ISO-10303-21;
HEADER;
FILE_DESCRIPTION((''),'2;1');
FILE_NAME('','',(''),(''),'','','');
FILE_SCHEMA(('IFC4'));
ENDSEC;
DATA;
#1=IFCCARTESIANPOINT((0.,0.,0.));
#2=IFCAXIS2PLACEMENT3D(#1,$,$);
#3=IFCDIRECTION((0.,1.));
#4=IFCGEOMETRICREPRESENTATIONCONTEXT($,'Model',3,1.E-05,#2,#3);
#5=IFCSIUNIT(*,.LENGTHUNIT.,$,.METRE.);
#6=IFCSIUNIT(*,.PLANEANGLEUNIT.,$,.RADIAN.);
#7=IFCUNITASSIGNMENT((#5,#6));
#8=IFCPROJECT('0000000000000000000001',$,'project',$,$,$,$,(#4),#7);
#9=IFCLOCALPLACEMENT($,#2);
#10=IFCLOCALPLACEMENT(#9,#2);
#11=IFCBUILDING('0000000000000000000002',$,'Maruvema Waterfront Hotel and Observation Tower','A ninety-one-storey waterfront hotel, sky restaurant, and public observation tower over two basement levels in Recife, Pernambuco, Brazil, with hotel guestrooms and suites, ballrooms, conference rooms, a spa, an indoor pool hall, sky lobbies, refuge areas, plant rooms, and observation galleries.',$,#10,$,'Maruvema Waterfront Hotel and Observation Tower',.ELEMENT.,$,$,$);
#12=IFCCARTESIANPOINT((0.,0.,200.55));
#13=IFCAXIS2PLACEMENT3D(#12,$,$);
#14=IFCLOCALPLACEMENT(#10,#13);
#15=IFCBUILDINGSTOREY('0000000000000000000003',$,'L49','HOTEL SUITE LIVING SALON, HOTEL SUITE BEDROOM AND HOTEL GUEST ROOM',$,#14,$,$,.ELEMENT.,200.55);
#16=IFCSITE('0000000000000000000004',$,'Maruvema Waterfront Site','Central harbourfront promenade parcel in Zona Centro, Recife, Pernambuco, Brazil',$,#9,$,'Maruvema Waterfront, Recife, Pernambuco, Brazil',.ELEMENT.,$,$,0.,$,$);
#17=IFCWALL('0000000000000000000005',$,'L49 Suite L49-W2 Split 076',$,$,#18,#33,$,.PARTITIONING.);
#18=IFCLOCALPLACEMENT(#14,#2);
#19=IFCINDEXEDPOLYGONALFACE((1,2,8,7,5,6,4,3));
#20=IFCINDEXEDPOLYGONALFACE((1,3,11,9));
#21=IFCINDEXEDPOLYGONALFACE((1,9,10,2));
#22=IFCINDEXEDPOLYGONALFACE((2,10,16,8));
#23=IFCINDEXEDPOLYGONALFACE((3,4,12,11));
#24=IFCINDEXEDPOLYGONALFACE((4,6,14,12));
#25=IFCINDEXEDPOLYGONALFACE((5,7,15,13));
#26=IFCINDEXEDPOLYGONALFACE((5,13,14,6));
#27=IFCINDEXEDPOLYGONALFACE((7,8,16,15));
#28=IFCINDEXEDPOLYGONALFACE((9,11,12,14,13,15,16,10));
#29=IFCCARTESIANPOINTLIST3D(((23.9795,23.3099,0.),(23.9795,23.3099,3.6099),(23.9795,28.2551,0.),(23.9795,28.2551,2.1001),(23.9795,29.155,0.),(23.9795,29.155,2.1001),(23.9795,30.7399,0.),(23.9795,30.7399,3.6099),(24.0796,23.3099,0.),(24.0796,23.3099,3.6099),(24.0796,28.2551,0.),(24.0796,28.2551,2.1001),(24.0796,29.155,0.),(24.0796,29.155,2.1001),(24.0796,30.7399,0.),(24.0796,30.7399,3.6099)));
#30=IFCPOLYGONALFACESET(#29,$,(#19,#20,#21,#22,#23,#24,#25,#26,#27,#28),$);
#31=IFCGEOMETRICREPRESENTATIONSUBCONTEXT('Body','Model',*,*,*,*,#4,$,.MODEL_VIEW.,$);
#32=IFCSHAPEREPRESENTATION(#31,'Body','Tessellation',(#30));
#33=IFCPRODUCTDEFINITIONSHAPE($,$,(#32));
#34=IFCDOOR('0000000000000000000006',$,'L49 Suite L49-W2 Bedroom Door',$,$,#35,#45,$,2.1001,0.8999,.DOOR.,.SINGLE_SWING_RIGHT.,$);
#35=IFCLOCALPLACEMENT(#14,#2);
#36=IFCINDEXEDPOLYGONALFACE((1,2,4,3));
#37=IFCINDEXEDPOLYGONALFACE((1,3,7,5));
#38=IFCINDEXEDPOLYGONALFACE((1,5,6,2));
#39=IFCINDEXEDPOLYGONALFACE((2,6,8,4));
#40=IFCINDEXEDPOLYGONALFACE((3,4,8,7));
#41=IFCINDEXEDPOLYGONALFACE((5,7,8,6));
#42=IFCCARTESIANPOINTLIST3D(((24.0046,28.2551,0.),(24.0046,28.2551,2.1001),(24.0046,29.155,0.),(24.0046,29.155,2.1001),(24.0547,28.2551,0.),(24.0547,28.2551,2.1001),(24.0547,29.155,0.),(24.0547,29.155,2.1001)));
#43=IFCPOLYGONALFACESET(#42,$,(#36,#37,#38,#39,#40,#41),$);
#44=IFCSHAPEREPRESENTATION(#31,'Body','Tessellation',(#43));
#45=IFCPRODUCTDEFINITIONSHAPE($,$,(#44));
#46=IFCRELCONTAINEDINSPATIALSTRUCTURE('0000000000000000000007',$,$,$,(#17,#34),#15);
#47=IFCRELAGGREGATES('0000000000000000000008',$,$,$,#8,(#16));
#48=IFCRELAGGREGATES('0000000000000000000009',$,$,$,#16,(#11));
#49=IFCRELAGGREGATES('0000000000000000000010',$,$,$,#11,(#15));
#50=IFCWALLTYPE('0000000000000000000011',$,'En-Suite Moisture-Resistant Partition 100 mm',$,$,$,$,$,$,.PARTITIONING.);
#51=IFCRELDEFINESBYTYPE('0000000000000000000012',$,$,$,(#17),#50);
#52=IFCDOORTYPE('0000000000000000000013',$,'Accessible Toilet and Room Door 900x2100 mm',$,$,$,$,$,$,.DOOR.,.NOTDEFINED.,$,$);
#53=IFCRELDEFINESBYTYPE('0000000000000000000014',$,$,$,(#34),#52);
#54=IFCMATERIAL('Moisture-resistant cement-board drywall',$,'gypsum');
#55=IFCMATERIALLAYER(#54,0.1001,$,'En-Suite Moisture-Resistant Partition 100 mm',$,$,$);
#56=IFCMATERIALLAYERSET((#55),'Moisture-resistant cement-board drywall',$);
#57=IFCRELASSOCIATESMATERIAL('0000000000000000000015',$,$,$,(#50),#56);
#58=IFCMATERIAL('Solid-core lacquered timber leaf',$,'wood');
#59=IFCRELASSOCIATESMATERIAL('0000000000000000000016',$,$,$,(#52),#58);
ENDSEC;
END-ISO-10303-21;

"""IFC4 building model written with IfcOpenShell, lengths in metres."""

from ifc_helpers import new_model, si_unit, direction, frame, frame_2d, origin, place, context, subcontext, project, spatial, rectangle, extrude, material, layer, layer_set, type_object, element, fill, save


model = new_model("IFC4")

# Units and contexts
model_context = context("Model", 3, precision=1e-05, world=origin(), true_north=direction((0.0, 1.0)))
body_context = subcontext(model_context, "Body", "Model", "MODEL_VIEW")
ifc_project = project(units=[si_unit("LENGTHUNIT", "METRE"), si_unit("PLANEANGLEUNIT", "RADIAN")], contexts=[model_context])

# Site, building, storey
site_placement = place(None, origin())
site = spatial("IfcSite", under=ifc_project, at=site_placement, Name="Maruvema Waterfront Site", Description="Central harbourfront promenade parcel in Zona Centro, Recife, Pernambuco, Brazil", LongName="Maruvema Waterfront, Recife, Pernambuco, Brazil", CompositionType="ELEMENT", RefElevation=0.0)
building_placement = place(site_placement, origin())
building = spatial("IfcBuilding", under=site, at=building_placement, Name="Maruvema Waterfront Hotel and Observation Tower", Description="A ninety-one-storey waterfront hotel, sky restaurant, and public observation tower over two basement levels in Recife, Pernambuco, Brazil, with hotel guestrooms and suites, ballrooms, conference rooms, a spa, an indoor pool hall, sky lobbies, refuge areas, plant rooms, and observation galleries.", LongName="Maruvema Waterfront Hotel and Observation Tower", CompositionType="ELEMENT")
storey_placement = place(building_placement, frame((0.0, 0.0, 200.55)))
storey = spatial("IfcBuildingStorey", under=building, at=storey_placement, Name="L49", Description="HOTEL SUITE LIVING SALON, HOTEL SUITE BEDROOM AND HOTEL GUEST ROOM", CompositionType="ELEMENT", Elevation=200.55)

# Shared definitions
ifc_material_1 = material(Name="Moisture-resistant cement-board drywall", Category="gypsum")
ifc_layer_1 = layer(ifc_material_1, 0.1001, Name="En-Suite Moisture-Resistant Partition 100 mm")
ifc_layer_set_1 = layer_set([ifc_layer_1], Name="Moisture-resistant cement-board drywall")
wall_type = type_object("IfcWallType", Name="En-Suite Moisture-Resistant Partition 100 mm", PredefinedType="PARTITIONING", material=ifc_layer_set_1)

# Wall, opening, door
wall_1_placement = place(storey_placement, frame((24.0295, 23.3101, 0.0), z_axis=(0.0, 0.0, 1.0), x_axis=(0.0, 1.0, 0.0)))
wall_1 = element("IfcWall", 1, at=wall_1_placement, inside=storey, type_object=wall_type, Name="L49 Suite L49-W2 Split 076", PredefinedType="PARTITIONING", context=body_context, shape_type="SweptSolid", body=[
    extrude(rectangle(XDim=7.4299, YDim=0.1001, at=frame_2d((3.7148, 0.0))), origin(), (0.0, 0.0, 1.0), 3.6099),
])
opening_1_placement = place(wall_1_placement, frame((4.9451, 0.0, 0.0)))
opening_1 = element("IfcOpeningElement", 2, at=opening_1_placement, cuts=wall_1, PredefinedType="OPENING", context=body_context, shape_type="SweptSolid", body=[
    extrude(rectangle(XDim=0.8999, YDim=2.1001, at=frame_2d((0.45, 1.05))), frame((0.0, 0.0601, 0.0), z_axis=(0.0, -1.0, 0.0), x_axis=(1.0, 0.0, 0.0)), (0.0, 0.0, 1.0), 0.1201),
])
ifc_material_2 = material(Name="Solid-core lacquered timber leaf", Category="wood")
door_type_1 = type_object("IfcDoorType", Name="Accessible Toilet and Room Door 900x2100 mm", OperationType="NOTDEFINED", PredefinedType="DOOR", material=ifc_material_2)
door_1_placement = place(opening_1_placement, origin())
door_1 = element("IfcDoor", 3, at=door_1_placement, inside=storey, type_object=door_type_1, Name="L49 Suite L49-W2 Bedroom Door", OperationType="SINGLE_SWING_RIGHT", OverallHeight=2.1001, OverallWidth=0.8999, PredefinedType="DOOR", context=body_context, shape_type="SweptSolid", body=[
    extrude(rectangle(XDim=0.8999, YDim=2.1001, at=frame_2d((0.45, 1.05))), frame((0.0, 0.0249, 0.0), z_axis=(0.0, -1.0, 0.0), x_axis=(1.0, 0.0, 0.0)), (0.0, 0.0, 1.0), 0.05),
])
fill(opening_1, door_1)

save(model, "model.ifc")
